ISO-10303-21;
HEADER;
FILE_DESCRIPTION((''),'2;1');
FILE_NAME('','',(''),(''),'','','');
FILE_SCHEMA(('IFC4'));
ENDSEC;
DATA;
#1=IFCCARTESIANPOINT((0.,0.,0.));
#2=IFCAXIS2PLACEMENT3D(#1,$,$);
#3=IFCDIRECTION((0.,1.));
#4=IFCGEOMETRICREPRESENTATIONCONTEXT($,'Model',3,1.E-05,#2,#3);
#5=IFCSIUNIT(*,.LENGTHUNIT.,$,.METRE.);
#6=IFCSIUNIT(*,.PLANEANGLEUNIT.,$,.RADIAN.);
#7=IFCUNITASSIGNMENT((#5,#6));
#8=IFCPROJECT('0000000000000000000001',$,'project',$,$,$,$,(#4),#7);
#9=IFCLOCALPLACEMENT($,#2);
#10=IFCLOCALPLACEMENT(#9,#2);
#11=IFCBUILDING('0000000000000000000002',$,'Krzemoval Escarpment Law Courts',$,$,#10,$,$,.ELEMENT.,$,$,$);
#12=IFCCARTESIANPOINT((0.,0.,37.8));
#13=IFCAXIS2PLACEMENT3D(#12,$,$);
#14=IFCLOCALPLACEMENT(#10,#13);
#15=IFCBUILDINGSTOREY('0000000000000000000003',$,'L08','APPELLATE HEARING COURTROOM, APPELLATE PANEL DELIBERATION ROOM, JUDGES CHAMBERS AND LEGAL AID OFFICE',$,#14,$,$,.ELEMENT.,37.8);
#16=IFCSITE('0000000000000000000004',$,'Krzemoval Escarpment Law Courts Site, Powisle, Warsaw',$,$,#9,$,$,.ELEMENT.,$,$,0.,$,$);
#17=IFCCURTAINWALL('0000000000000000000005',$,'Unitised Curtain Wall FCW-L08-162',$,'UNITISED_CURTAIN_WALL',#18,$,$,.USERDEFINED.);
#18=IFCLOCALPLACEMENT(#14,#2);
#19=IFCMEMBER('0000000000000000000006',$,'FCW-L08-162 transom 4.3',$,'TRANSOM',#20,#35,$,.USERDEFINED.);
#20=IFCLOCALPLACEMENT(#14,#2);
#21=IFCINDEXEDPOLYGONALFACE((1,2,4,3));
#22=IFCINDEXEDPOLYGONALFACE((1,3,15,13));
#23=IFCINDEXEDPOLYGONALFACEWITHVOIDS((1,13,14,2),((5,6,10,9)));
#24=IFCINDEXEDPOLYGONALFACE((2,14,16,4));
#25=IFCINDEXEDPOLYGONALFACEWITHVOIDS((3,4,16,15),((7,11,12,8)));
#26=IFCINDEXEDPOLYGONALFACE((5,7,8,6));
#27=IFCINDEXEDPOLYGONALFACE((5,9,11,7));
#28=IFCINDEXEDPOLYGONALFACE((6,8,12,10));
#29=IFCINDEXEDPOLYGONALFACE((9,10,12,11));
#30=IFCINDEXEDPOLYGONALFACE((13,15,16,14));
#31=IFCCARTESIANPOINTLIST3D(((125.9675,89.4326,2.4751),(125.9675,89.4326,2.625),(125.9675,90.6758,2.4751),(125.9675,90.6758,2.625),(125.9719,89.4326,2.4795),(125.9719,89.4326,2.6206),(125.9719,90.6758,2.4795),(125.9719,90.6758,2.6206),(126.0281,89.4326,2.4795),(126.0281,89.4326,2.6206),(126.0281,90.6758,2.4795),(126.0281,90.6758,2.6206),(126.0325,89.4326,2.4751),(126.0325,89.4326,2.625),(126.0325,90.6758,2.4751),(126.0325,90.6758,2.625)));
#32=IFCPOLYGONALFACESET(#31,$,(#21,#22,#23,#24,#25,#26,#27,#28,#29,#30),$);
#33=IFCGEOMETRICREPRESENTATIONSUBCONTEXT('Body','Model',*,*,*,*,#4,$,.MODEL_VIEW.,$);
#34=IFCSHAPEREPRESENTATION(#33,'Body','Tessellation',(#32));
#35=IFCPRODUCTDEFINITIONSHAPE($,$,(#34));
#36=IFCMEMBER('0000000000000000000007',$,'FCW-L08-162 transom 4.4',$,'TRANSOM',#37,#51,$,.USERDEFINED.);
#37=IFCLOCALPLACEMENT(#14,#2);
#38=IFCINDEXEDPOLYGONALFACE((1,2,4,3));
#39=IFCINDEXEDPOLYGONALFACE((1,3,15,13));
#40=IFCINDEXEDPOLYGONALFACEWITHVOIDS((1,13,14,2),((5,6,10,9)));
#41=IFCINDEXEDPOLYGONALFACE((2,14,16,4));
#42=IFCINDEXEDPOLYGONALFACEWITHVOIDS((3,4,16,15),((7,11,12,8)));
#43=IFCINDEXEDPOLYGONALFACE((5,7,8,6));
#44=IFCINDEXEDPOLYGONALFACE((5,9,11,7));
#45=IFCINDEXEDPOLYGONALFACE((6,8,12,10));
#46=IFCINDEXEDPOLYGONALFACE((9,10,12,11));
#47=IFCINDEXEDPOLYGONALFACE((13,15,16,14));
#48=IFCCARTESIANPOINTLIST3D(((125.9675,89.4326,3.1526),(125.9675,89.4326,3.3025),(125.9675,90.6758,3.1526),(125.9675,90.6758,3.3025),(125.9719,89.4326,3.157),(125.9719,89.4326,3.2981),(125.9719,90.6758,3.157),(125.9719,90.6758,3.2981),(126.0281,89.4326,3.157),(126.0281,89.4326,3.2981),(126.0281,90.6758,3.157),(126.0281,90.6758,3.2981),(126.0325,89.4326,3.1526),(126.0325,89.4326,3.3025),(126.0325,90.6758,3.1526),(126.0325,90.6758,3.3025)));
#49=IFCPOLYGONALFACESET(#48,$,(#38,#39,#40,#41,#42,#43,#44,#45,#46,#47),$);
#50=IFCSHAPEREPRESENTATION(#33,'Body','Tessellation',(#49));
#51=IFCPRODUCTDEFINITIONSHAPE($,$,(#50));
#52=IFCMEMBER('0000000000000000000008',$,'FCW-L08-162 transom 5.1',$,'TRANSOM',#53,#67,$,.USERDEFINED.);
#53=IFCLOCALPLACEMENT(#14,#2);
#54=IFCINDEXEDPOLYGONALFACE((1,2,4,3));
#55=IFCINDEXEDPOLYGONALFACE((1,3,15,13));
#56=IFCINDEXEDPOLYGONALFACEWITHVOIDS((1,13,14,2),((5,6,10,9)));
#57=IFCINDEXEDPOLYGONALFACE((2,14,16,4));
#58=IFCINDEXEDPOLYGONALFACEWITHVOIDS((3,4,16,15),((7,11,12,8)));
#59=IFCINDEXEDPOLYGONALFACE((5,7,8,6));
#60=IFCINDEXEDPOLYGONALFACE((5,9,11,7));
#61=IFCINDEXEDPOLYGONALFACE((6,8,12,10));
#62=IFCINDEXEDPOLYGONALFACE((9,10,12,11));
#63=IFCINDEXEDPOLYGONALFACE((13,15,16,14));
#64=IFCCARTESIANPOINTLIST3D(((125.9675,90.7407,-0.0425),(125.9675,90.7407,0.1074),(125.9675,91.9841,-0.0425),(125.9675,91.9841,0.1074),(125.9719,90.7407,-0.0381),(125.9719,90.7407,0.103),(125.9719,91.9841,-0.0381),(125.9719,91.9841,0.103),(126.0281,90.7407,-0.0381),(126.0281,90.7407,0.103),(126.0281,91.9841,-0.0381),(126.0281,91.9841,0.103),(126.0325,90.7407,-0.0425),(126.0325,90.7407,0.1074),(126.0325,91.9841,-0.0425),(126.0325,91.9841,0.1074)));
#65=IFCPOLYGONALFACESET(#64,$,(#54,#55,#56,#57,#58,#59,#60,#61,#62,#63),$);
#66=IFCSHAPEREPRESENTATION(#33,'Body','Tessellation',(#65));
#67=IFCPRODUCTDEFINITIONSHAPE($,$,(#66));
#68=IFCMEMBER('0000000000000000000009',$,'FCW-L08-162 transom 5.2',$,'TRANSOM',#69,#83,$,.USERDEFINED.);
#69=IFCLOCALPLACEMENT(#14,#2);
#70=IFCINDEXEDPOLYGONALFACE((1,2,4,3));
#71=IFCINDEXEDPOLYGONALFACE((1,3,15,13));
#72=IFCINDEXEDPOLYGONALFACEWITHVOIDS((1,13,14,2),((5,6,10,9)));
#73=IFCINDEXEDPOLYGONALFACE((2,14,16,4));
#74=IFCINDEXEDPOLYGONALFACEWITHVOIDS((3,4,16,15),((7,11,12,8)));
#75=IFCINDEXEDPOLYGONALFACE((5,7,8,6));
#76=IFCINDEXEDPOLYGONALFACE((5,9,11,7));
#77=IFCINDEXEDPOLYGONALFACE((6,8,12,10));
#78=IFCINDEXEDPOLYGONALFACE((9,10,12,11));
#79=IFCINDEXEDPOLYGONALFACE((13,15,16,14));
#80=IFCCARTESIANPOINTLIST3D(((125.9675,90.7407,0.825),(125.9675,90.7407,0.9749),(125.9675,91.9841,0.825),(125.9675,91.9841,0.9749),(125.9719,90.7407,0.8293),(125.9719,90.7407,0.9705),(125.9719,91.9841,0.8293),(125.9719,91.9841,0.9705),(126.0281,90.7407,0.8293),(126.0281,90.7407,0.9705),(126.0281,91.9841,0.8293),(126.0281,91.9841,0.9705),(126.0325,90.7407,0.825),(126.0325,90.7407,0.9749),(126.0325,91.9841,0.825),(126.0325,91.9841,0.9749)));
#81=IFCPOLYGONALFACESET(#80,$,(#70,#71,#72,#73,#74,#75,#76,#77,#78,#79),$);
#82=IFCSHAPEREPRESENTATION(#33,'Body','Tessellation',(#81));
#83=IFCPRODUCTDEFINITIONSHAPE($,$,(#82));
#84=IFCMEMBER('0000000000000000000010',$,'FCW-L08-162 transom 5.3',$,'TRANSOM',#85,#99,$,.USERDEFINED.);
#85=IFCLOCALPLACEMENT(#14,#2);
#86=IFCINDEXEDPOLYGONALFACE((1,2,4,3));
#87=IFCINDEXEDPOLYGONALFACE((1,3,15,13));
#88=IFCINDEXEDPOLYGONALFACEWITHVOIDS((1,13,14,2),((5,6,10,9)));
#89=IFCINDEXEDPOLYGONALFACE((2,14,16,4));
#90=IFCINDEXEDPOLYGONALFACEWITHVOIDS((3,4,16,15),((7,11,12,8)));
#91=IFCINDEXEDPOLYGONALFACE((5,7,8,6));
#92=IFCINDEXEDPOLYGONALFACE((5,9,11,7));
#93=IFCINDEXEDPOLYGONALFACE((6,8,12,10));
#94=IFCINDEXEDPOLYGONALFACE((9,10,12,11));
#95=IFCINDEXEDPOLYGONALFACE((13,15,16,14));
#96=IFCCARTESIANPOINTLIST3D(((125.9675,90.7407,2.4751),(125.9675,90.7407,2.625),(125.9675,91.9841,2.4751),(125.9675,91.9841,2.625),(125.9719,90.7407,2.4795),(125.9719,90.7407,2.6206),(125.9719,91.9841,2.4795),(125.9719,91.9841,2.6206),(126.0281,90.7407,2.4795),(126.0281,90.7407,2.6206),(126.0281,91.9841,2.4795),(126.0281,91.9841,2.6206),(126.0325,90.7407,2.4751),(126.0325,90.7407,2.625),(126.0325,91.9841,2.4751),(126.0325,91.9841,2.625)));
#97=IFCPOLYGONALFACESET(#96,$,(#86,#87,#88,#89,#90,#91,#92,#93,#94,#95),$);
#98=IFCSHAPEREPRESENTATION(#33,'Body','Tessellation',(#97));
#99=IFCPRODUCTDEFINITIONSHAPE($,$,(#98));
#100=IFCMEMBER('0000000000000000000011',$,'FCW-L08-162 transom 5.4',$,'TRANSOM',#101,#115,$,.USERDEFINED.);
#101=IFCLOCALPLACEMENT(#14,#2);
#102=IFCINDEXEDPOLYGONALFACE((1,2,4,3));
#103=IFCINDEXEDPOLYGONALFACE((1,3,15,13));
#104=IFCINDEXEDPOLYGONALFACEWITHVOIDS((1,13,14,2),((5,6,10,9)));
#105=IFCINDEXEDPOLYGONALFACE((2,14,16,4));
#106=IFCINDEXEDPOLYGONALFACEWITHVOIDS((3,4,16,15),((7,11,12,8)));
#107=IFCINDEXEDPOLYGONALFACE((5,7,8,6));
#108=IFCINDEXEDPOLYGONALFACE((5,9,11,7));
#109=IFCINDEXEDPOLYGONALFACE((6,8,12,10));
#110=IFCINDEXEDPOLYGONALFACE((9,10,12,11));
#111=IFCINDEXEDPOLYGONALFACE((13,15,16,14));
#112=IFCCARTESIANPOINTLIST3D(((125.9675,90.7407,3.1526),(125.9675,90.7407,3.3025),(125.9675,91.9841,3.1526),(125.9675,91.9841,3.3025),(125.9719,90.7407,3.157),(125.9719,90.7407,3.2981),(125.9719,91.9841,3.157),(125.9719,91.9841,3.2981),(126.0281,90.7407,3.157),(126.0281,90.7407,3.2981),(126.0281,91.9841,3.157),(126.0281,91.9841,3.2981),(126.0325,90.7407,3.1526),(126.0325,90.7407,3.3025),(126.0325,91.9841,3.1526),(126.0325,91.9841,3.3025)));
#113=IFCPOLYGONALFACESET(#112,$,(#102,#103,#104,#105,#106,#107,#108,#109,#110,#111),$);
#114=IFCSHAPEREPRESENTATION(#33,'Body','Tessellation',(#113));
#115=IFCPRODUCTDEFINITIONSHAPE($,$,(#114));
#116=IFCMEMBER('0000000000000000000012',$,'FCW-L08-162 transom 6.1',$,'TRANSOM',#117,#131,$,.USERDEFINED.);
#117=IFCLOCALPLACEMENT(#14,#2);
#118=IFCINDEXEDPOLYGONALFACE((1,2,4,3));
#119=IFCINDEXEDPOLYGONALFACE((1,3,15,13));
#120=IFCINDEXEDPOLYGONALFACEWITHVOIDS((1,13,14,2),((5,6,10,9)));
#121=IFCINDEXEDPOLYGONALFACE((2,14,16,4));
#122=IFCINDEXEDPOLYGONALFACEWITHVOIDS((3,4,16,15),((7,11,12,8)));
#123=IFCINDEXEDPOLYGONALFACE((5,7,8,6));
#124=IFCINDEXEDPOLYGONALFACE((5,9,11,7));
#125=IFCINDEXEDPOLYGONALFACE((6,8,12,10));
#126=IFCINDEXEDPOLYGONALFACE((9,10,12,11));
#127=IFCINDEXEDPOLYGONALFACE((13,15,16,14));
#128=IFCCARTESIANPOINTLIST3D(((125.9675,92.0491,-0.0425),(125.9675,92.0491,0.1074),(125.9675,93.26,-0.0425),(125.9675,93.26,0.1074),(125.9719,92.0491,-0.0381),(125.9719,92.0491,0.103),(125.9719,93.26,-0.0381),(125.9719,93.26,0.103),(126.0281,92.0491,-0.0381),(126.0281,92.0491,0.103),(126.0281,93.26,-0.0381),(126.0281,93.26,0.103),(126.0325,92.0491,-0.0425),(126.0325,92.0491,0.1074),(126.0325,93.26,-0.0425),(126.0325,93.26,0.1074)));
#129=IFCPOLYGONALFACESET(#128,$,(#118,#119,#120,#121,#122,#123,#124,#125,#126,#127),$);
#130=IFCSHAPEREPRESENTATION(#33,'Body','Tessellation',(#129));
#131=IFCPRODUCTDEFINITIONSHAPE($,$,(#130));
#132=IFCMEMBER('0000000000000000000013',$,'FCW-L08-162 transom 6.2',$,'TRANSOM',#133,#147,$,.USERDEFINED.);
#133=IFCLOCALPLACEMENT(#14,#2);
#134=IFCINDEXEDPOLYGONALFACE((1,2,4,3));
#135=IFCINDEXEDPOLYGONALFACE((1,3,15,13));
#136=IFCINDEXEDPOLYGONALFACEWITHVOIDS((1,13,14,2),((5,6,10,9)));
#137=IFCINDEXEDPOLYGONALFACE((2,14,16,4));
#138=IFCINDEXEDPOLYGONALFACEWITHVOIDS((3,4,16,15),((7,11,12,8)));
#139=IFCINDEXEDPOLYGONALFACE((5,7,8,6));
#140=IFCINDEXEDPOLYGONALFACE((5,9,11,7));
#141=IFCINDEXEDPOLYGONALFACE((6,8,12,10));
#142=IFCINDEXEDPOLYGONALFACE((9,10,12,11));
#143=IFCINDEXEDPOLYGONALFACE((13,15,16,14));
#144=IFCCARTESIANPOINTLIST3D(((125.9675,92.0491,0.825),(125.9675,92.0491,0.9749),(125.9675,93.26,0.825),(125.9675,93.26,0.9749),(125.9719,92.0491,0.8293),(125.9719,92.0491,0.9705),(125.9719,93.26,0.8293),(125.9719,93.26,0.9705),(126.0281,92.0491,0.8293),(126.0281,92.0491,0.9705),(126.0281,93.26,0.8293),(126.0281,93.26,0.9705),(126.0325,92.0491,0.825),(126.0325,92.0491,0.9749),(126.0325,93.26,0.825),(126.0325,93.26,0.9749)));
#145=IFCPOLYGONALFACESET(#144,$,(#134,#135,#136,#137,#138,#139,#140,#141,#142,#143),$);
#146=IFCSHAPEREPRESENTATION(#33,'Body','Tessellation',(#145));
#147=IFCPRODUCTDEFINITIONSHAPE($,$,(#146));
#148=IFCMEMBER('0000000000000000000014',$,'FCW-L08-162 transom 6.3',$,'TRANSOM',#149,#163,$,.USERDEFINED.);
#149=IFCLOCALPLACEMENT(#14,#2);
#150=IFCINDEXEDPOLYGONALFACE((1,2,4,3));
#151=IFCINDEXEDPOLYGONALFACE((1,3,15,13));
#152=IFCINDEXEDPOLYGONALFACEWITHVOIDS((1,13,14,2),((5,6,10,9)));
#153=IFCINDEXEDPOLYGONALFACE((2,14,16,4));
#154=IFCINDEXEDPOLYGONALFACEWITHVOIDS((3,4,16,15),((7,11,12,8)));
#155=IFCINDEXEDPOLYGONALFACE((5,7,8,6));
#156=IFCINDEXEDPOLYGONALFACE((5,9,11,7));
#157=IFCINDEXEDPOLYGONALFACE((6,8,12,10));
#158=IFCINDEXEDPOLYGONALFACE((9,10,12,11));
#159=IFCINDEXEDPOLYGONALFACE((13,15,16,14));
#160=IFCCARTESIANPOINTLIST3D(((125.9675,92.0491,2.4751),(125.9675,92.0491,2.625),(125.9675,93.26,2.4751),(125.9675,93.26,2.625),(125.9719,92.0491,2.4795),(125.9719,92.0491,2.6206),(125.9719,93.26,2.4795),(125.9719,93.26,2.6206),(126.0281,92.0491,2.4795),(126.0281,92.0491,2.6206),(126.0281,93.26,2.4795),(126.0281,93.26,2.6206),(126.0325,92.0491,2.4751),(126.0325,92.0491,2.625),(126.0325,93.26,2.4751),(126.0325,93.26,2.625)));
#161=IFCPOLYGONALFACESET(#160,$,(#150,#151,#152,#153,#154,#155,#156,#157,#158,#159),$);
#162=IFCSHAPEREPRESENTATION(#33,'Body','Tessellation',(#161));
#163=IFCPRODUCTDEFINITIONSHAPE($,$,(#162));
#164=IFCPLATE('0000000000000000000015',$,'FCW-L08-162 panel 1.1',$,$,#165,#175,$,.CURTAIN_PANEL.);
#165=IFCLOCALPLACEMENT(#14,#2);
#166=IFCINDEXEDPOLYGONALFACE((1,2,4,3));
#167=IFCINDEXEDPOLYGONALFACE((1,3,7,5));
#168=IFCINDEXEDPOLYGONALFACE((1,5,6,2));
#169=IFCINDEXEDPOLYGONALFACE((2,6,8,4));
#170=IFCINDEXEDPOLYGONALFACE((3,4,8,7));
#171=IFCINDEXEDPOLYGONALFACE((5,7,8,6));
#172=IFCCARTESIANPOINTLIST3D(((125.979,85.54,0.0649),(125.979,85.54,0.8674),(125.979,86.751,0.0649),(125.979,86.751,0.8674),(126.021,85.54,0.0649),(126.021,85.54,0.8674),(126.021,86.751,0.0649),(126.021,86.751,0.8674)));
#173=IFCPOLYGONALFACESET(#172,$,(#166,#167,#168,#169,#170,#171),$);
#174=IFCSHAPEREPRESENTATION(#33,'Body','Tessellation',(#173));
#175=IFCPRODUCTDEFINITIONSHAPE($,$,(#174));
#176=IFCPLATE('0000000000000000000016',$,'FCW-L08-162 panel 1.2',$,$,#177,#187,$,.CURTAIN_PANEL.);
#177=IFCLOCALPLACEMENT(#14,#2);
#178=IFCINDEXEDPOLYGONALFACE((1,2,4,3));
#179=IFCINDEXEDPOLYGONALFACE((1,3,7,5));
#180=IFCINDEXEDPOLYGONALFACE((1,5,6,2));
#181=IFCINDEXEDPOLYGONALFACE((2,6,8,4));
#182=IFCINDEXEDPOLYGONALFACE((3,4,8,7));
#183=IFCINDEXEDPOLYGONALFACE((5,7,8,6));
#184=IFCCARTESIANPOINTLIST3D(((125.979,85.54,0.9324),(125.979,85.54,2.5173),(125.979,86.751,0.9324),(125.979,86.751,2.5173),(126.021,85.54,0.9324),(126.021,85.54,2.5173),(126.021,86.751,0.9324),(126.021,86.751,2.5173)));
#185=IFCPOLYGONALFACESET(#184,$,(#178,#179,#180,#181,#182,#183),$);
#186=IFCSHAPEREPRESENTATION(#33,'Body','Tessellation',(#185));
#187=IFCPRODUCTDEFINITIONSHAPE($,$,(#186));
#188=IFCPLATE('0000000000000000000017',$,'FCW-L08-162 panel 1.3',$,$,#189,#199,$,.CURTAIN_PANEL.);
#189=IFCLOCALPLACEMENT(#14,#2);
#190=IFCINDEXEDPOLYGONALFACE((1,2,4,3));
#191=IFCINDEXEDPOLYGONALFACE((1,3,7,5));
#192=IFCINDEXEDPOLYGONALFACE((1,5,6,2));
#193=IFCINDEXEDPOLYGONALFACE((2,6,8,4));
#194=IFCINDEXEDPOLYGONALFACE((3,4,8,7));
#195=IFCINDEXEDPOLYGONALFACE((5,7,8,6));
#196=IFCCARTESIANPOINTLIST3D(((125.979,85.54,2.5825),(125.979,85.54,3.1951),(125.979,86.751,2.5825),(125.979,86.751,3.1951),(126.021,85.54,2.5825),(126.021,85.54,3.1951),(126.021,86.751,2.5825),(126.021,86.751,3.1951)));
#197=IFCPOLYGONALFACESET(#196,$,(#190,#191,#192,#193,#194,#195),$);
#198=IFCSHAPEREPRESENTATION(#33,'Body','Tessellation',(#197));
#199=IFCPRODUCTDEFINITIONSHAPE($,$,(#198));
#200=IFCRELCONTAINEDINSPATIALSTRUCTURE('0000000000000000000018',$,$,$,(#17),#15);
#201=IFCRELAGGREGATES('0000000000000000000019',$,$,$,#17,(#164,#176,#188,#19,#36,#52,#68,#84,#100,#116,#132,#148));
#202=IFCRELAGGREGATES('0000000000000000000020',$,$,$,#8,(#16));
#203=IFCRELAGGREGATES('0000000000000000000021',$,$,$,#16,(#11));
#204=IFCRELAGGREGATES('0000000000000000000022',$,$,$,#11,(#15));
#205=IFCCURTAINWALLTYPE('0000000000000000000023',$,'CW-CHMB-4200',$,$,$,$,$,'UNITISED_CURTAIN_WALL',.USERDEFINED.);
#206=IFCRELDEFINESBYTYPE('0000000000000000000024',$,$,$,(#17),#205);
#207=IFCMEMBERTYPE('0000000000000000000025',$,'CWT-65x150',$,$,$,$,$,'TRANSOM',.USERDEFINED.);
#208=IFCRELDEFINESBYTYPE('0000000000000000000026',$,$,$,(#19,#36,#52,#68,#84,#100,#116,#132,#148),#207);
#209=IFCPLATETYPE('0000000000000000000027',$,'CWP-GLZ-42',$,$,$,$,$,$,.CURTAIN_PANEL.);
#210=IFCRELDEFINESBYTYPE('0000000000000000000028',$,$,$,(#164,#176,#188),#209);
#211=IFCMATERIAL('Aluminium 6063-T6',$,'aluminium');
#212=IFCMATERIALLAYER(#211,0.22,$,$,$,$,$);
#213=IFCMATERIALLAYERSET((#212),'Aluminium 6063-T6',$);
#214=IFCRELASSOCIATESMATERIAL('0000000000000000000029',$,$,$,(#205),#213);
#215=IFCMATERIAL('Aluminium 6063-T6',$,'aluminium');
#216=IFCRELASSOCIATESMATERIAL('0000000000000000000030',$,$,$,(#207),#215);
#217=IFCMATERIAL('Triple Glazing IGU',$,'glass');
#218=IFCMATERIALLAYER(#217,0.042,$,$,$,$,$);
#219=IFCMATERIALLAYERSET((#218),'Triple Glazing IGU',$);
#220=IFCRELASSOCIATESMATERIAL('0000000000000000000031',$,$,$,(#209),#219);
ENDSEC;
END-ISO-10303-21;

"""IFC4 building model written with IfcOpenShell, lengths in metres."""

from ifc_helpers import new_model, si_unit, direction, frame, origin, origin_2d, place, context, subcontext, project, spatial, rectangle, hollow_rectangle, extrude, material, layer, layer_set, material_profile, profile_set, type_object, element, aggregate, save


model = new_model("IFC4")

# Units and contexts
model_context = context("Model", 3, precision=1e-05, world=origin(), true_north=direction((0.0, 1.0)))
body_context = subcontext(model_context, "Body", "Model", "MODEL_VIEW")
ifc_project = project(units=[si_unit("LENGTHUNIT", "METRE"), si_unit("PLANEANGLEUNIT", "RADIAN")], contexts=[model_context])

# Site, building, storey
site_placement = place(None, origin())
site = spatial("IfcSite", under=ifc_project, at=site_placement, Name="Krzemoval Escarpment Law Courts Site, Powisle, Warsaw", CompositionType="ELEMENT", RefElevation=0.0)
building_placement = place(site_placement, origin())
building = spatial("IfcBuilding", under=site, at=building_placement, Name="Krzemoval Escarpment Law Courts", CompositionType="ELEMENT")
storey_placement = place(building_placement, frame((0.0, 0.0, 37.8)))
storey = spatial("IfcBuildingStorey", under=building, at=storey_placement, Name="L08", Description="APPELLATE HEARING COURTROOM, APPELLATE PANEL DELIBERATION ROOM, JUDGES CHAMBERS AND LEGAL AID OFFICE", CompositionType="ELEMENT", Elevation=37.8)

# Curtain wall, members, plates
ifc_material_1 = material(Name="Aluminium 6063-T6", Category="aluminium")
ifc_layer_1 = layer(ifc_material_1, 0.22)
ifc_layer_set_1 = layer_set([ifc_layer_1], Name="Aluminium 6063-T6")
curtain_wall_type = type_object("IfcCurtainWallType", Name="CW-CHMB-4200", ElementType="UNITISED_CURTAIN_WALL", PredefinedType="USERDEFINED", material=ifc_layer_set_1)
curtain_wall_placement = place(storey_placement, origin())
curtain_wall = element("IfcCurtainWall", 1, at=curtain_wall_placement, inside=storey, type_object=curtain_wall_type, Name="Unitised Curtain Wall FCW-L08-162", ObjectType="UNITISED_CURTAIN_WALL", PredefinedType="USERDEFINED")
ifc_material_2 = material(Name="Aluminium 6063-T6", Category="aluminium")
ifc_material_profile = material_profile(ifc_material_2, hollow_rectangle(XDim=0.0649, YDim=0.1499, WallThickness=0.0044, at=origin_2d()), Name="ALU T65x150")
ifc_profile_set = profile_set([ifc_material_profile], Name="Aluminium 6063-T6")
member_type = type_object("IfcMemberType", Name="CWT-65x150", ElementType="TRANSOM", PredefinedType="USERDEFINED", material=ifc_profile_set)
member_1_placement = place(storey_placement, frame((126.0, 89.4326, 2.55), z_axis=(0.0, 1.0, 0.0), x_axis=(-1.0, 0.0, 0.0)))
member_1 = element("IfcMember", 2, at=member_1_placement, type_object=member_type, Name="FCW-L08-162 transom 4.3", ObjectType="TRANSOM", PredefinedType="USERDEFINED", context=body_context, shape_type="SweptSolid", body=[
    extrude(hollow_rectangle(XDim=0.0649, YDim=0.1499, WallThickness=0.0044, at=origin_2d()), origin(), (0.0, 0.0, 1.0), 1.2432),
])
member_2_placement = place(storey_placement, frame((126.0, 89.4326, 3.2275), z_axis=(0.0, 1.0, 0.0), x_axis=(-1.0, 0.0, 0.0)))
member_2 = element("IfcMember", 3, at=member_2_placement, type_object=member_type, Name="FCW-L08-162 transom 4.4", ObjectType="TRANSOM", PredefinedType="USERDEFINED", context=body_context, shape_type="SweptSolid", body=[
    extrude(hollow_rectangle(XDim=0.0649, YDim=0.1499, WallThickness=0.0044, at=origin_2d()), origin(), (0.0, 0.0, 1.0), 1.2432),
])
member_3_placement = place(storey_placement, frame((126.0, 90.7407, 0.0325), z_axis=(0.0, 1.0, 0.0), x_axis=(-1.0, 0.0, 0.0)))
member_3 = element("IfcMember", 4, at=member_3_placement, type_object=member_type, Name="FCW-L08-162 transom 5.1", ObjectType="TRANSOM", PredefinedType="USERDEFINED", context=body_context, shape_type="SweptSolid", body=[
    extrude(hollow_rectangle(XDim=0.0649, YDim=0.1499, WallThickness=0.0044, at=origin_2d()), origin(), (0.0, 0.0, 1.0), 1.2434),
])
member_4_placement = place(storey_placement, frame((126.0, 90.7407, 0.8999), z_axis=(0.0, 1.0, 0.0), x_axis=(-1.0, 0.0, 0.0)))
member_4 = element("IfcMember", 5, at=member_4_placement, type_object=member_type, Name="FCW-L08-162 transom 5.2", ObjectType="TRANSOM", PredefinedType="USERDEFINED", context=body_context, shape_type="SweptSolid", body=[
    extrude(hollow_rectangle(XDim=0.0649, YDim=0.1499, WallThickness=0.0044, at=origin_2d()), origin(), (0.0, 0.0, 1.0), 1.2434),
])
member_5_placement = place(storey_placement, frame((126.0, 90.7407, 2.55), z_axis=(0.0, 1.0, 0.0), x_axis=(-1.0, 0.0, 0.0)))
member_5 = element("IfcMember", 6, at=member_5_placement, type_object=member_type, Name="FCW-L08-162 transom 5.3", ObjectType="TRANSOM", PredefinedType="USERDEFINED", context=body_context, shape_type="SweptSolid", body=[
    extrude(hollow_rectangle(XDim=0.0649, YDim=0.1499, WallThickness=0.0044, at=origin_2d()), origin(), (0.0, 0.0, 1.0), 1.2434),
])
member_6_placement = place(storey_placement, frame((126.0, 90.7407, 3.2275), z_axis=(0.0, 1.0, 0.0), x_axis=(-1.0, 0.0, 0.0)))
member_6 = element("IfcMember", 7, at=member_6_placement, type_object=member_type, Name="FCW-L08-162 transom 5.4", ObjectType="TRANSOM", PredefinedType="USERDEFINED", context=body_context, shape_type="SweptSolid", body=[
    extrude(hollow_rectangle(XDim=0.0649, YDim=0.1499, WallThickness=0.0044, at=origin_2d()), origin(), (0.0, 0.0, 1.0), 1.2434),
])
member_7_placement = place(storey_placement, frame((126.0, 92.0491, 0.0325), z_axis=(0.0, 1.0, 0.0), x_axis=(-1.0, 0.0, 0.0)))
member_7 = element("IfcMember", 8, at=member_7_placement, type_object=member_type, Name="FCW-L08-162 transom 6.1", ObjectType="TRANSOM", PredefinedType="USERDEFINED", context=body_context, shape_type="SweptSolid", body=[
    extrude(hollow_rectangle(XDim=0.0649, YDim=0.1499, WallThickness=0.0044, at=origin_2d()), origin(), (0.0, 0.0, 1.0), 1.2109),
])
member_8_placement = place(storey_placement, frame((126.0, 92.0491, 0.8999), z_axis=(0.0, 1.0, 0.0), x_axis=(-1.0, 0.0, 0.0)))
member_8 = element("IfcMember", 9, at=member_8_placement, type_object=member_type, Name="FCW-L08-162 transom 6.2", ObjectType="TRANSOM", PredefinedType="USERDEFINED", context=body_context, shape_type="SweptSolid", body=[
    extrude(hollow_rectangle(XDim=0.0649, YDim=0.1499, WallThickness=0.0044, at=origin_2d()), origin(), (0.0, 0.0, 1.0), 1.2109),
])
member_9_placement = place(storey_placement, frame((126.0, 92.0491, 2.55), z_axis=(0.0, 1.0, 0.0), x_axis=(-1.0, 0.0, 0.0)))
member_9 = element("IfcMember", 10, at=member_9_placement, type_object=member_type, Name="FCW-L08-162 transom 6.3", ObjectType="TRANSOM", PredefinedType="USERDEFINED", context=body_context, shape_type="SweptSolid", body=[
    extrude(hollow_rectangle(XDim=0.0649, YDim=0.1499, WallThickness=0.0044, at=origin_2d()), origin(), (0.0, 0.0, 1.0), 1.2109),
])
ifc_material_3 = material(Name="Triple Glazing IGU", Category="glass")
ifc_layer_2 = layer(ifc_material_3, 0.042)
ifc_layer_set_2 = layer_set([ifc_layer_2], Name="Triple Glazing IGU")
plate_type = type_object("IfcPlateType", Name="CWP-GLZ-42", PredefinedType="CURTAIN_PANEL", material=ifc_layer_set_2)
plate_1_placement = place(storey_placement, frame((126.0, 86.1455, 0.0649), z_axis=(0.0, 0.0, 1.0), x_axis=(0.0, 1.0, 0.0)))
plate_1 = element("IfcPlate", 11, at=plate_1_placement, type_object=plate_type, Name="FCW-L08-162 panel 1.1", PredefinedType="CURTAIN_PANEL", context=body_context, shape_type="SweptSolid", body=[
    extrude(rectangle(XDim=1.2109, YDim=0.042, at=origin_2d()), origin(), (0.0, 0.0, 1.0), 0.8025),
])
plate_2_placement = place(storey_placement, frame((126.0, 86.1455, 0.9324), z_axis=(0.0, 0.0, 1.0), x_axis=(0.0, 1.0, 0.0)))
plate_2 = element("IfcPlate", 12, at=plate_2_placement, type_object=plate_type, Name="FCW-L08-162 panel 1.2", PredefinedType="CURTAIN_PANEL", context=body_context, shape_type="SweptSolid", body=[
    extrude(rectangle(XDim=1.2109, YDim=0.042, at=origin_2d()), origin(), (0.0, 0.0, 1.0), 1.585),
])
plate_3_placement = place(storey_placement, frame((126.0, 86.1455, 2.5825), z_axis=(0.0, 0.0, 1.0), x_axis=(0.0, 1.0, 0.0)))
plate_3 = element("IfcPlate", 13, at=plate_3_placement, type_object=plate_type, Name="FCW-L08-162 panel 1.3", PredefinedType="CURTAIN_PANEL", context=body_context, shape_type="SweptSolid", body=[
    extrude(rectangle(XDim=1.2109, YDim=0.042, at=origin_2d()), origin(), (0.0, 0.0, 1.0), 0.6125),
])
aggregate(curtain_wall, [plate_1, plate_2, plate_3, member_1, member_2, member_3, member_4, member_5, member_6, member_7, member_8, member_9])

save(model, "model.ifc")
